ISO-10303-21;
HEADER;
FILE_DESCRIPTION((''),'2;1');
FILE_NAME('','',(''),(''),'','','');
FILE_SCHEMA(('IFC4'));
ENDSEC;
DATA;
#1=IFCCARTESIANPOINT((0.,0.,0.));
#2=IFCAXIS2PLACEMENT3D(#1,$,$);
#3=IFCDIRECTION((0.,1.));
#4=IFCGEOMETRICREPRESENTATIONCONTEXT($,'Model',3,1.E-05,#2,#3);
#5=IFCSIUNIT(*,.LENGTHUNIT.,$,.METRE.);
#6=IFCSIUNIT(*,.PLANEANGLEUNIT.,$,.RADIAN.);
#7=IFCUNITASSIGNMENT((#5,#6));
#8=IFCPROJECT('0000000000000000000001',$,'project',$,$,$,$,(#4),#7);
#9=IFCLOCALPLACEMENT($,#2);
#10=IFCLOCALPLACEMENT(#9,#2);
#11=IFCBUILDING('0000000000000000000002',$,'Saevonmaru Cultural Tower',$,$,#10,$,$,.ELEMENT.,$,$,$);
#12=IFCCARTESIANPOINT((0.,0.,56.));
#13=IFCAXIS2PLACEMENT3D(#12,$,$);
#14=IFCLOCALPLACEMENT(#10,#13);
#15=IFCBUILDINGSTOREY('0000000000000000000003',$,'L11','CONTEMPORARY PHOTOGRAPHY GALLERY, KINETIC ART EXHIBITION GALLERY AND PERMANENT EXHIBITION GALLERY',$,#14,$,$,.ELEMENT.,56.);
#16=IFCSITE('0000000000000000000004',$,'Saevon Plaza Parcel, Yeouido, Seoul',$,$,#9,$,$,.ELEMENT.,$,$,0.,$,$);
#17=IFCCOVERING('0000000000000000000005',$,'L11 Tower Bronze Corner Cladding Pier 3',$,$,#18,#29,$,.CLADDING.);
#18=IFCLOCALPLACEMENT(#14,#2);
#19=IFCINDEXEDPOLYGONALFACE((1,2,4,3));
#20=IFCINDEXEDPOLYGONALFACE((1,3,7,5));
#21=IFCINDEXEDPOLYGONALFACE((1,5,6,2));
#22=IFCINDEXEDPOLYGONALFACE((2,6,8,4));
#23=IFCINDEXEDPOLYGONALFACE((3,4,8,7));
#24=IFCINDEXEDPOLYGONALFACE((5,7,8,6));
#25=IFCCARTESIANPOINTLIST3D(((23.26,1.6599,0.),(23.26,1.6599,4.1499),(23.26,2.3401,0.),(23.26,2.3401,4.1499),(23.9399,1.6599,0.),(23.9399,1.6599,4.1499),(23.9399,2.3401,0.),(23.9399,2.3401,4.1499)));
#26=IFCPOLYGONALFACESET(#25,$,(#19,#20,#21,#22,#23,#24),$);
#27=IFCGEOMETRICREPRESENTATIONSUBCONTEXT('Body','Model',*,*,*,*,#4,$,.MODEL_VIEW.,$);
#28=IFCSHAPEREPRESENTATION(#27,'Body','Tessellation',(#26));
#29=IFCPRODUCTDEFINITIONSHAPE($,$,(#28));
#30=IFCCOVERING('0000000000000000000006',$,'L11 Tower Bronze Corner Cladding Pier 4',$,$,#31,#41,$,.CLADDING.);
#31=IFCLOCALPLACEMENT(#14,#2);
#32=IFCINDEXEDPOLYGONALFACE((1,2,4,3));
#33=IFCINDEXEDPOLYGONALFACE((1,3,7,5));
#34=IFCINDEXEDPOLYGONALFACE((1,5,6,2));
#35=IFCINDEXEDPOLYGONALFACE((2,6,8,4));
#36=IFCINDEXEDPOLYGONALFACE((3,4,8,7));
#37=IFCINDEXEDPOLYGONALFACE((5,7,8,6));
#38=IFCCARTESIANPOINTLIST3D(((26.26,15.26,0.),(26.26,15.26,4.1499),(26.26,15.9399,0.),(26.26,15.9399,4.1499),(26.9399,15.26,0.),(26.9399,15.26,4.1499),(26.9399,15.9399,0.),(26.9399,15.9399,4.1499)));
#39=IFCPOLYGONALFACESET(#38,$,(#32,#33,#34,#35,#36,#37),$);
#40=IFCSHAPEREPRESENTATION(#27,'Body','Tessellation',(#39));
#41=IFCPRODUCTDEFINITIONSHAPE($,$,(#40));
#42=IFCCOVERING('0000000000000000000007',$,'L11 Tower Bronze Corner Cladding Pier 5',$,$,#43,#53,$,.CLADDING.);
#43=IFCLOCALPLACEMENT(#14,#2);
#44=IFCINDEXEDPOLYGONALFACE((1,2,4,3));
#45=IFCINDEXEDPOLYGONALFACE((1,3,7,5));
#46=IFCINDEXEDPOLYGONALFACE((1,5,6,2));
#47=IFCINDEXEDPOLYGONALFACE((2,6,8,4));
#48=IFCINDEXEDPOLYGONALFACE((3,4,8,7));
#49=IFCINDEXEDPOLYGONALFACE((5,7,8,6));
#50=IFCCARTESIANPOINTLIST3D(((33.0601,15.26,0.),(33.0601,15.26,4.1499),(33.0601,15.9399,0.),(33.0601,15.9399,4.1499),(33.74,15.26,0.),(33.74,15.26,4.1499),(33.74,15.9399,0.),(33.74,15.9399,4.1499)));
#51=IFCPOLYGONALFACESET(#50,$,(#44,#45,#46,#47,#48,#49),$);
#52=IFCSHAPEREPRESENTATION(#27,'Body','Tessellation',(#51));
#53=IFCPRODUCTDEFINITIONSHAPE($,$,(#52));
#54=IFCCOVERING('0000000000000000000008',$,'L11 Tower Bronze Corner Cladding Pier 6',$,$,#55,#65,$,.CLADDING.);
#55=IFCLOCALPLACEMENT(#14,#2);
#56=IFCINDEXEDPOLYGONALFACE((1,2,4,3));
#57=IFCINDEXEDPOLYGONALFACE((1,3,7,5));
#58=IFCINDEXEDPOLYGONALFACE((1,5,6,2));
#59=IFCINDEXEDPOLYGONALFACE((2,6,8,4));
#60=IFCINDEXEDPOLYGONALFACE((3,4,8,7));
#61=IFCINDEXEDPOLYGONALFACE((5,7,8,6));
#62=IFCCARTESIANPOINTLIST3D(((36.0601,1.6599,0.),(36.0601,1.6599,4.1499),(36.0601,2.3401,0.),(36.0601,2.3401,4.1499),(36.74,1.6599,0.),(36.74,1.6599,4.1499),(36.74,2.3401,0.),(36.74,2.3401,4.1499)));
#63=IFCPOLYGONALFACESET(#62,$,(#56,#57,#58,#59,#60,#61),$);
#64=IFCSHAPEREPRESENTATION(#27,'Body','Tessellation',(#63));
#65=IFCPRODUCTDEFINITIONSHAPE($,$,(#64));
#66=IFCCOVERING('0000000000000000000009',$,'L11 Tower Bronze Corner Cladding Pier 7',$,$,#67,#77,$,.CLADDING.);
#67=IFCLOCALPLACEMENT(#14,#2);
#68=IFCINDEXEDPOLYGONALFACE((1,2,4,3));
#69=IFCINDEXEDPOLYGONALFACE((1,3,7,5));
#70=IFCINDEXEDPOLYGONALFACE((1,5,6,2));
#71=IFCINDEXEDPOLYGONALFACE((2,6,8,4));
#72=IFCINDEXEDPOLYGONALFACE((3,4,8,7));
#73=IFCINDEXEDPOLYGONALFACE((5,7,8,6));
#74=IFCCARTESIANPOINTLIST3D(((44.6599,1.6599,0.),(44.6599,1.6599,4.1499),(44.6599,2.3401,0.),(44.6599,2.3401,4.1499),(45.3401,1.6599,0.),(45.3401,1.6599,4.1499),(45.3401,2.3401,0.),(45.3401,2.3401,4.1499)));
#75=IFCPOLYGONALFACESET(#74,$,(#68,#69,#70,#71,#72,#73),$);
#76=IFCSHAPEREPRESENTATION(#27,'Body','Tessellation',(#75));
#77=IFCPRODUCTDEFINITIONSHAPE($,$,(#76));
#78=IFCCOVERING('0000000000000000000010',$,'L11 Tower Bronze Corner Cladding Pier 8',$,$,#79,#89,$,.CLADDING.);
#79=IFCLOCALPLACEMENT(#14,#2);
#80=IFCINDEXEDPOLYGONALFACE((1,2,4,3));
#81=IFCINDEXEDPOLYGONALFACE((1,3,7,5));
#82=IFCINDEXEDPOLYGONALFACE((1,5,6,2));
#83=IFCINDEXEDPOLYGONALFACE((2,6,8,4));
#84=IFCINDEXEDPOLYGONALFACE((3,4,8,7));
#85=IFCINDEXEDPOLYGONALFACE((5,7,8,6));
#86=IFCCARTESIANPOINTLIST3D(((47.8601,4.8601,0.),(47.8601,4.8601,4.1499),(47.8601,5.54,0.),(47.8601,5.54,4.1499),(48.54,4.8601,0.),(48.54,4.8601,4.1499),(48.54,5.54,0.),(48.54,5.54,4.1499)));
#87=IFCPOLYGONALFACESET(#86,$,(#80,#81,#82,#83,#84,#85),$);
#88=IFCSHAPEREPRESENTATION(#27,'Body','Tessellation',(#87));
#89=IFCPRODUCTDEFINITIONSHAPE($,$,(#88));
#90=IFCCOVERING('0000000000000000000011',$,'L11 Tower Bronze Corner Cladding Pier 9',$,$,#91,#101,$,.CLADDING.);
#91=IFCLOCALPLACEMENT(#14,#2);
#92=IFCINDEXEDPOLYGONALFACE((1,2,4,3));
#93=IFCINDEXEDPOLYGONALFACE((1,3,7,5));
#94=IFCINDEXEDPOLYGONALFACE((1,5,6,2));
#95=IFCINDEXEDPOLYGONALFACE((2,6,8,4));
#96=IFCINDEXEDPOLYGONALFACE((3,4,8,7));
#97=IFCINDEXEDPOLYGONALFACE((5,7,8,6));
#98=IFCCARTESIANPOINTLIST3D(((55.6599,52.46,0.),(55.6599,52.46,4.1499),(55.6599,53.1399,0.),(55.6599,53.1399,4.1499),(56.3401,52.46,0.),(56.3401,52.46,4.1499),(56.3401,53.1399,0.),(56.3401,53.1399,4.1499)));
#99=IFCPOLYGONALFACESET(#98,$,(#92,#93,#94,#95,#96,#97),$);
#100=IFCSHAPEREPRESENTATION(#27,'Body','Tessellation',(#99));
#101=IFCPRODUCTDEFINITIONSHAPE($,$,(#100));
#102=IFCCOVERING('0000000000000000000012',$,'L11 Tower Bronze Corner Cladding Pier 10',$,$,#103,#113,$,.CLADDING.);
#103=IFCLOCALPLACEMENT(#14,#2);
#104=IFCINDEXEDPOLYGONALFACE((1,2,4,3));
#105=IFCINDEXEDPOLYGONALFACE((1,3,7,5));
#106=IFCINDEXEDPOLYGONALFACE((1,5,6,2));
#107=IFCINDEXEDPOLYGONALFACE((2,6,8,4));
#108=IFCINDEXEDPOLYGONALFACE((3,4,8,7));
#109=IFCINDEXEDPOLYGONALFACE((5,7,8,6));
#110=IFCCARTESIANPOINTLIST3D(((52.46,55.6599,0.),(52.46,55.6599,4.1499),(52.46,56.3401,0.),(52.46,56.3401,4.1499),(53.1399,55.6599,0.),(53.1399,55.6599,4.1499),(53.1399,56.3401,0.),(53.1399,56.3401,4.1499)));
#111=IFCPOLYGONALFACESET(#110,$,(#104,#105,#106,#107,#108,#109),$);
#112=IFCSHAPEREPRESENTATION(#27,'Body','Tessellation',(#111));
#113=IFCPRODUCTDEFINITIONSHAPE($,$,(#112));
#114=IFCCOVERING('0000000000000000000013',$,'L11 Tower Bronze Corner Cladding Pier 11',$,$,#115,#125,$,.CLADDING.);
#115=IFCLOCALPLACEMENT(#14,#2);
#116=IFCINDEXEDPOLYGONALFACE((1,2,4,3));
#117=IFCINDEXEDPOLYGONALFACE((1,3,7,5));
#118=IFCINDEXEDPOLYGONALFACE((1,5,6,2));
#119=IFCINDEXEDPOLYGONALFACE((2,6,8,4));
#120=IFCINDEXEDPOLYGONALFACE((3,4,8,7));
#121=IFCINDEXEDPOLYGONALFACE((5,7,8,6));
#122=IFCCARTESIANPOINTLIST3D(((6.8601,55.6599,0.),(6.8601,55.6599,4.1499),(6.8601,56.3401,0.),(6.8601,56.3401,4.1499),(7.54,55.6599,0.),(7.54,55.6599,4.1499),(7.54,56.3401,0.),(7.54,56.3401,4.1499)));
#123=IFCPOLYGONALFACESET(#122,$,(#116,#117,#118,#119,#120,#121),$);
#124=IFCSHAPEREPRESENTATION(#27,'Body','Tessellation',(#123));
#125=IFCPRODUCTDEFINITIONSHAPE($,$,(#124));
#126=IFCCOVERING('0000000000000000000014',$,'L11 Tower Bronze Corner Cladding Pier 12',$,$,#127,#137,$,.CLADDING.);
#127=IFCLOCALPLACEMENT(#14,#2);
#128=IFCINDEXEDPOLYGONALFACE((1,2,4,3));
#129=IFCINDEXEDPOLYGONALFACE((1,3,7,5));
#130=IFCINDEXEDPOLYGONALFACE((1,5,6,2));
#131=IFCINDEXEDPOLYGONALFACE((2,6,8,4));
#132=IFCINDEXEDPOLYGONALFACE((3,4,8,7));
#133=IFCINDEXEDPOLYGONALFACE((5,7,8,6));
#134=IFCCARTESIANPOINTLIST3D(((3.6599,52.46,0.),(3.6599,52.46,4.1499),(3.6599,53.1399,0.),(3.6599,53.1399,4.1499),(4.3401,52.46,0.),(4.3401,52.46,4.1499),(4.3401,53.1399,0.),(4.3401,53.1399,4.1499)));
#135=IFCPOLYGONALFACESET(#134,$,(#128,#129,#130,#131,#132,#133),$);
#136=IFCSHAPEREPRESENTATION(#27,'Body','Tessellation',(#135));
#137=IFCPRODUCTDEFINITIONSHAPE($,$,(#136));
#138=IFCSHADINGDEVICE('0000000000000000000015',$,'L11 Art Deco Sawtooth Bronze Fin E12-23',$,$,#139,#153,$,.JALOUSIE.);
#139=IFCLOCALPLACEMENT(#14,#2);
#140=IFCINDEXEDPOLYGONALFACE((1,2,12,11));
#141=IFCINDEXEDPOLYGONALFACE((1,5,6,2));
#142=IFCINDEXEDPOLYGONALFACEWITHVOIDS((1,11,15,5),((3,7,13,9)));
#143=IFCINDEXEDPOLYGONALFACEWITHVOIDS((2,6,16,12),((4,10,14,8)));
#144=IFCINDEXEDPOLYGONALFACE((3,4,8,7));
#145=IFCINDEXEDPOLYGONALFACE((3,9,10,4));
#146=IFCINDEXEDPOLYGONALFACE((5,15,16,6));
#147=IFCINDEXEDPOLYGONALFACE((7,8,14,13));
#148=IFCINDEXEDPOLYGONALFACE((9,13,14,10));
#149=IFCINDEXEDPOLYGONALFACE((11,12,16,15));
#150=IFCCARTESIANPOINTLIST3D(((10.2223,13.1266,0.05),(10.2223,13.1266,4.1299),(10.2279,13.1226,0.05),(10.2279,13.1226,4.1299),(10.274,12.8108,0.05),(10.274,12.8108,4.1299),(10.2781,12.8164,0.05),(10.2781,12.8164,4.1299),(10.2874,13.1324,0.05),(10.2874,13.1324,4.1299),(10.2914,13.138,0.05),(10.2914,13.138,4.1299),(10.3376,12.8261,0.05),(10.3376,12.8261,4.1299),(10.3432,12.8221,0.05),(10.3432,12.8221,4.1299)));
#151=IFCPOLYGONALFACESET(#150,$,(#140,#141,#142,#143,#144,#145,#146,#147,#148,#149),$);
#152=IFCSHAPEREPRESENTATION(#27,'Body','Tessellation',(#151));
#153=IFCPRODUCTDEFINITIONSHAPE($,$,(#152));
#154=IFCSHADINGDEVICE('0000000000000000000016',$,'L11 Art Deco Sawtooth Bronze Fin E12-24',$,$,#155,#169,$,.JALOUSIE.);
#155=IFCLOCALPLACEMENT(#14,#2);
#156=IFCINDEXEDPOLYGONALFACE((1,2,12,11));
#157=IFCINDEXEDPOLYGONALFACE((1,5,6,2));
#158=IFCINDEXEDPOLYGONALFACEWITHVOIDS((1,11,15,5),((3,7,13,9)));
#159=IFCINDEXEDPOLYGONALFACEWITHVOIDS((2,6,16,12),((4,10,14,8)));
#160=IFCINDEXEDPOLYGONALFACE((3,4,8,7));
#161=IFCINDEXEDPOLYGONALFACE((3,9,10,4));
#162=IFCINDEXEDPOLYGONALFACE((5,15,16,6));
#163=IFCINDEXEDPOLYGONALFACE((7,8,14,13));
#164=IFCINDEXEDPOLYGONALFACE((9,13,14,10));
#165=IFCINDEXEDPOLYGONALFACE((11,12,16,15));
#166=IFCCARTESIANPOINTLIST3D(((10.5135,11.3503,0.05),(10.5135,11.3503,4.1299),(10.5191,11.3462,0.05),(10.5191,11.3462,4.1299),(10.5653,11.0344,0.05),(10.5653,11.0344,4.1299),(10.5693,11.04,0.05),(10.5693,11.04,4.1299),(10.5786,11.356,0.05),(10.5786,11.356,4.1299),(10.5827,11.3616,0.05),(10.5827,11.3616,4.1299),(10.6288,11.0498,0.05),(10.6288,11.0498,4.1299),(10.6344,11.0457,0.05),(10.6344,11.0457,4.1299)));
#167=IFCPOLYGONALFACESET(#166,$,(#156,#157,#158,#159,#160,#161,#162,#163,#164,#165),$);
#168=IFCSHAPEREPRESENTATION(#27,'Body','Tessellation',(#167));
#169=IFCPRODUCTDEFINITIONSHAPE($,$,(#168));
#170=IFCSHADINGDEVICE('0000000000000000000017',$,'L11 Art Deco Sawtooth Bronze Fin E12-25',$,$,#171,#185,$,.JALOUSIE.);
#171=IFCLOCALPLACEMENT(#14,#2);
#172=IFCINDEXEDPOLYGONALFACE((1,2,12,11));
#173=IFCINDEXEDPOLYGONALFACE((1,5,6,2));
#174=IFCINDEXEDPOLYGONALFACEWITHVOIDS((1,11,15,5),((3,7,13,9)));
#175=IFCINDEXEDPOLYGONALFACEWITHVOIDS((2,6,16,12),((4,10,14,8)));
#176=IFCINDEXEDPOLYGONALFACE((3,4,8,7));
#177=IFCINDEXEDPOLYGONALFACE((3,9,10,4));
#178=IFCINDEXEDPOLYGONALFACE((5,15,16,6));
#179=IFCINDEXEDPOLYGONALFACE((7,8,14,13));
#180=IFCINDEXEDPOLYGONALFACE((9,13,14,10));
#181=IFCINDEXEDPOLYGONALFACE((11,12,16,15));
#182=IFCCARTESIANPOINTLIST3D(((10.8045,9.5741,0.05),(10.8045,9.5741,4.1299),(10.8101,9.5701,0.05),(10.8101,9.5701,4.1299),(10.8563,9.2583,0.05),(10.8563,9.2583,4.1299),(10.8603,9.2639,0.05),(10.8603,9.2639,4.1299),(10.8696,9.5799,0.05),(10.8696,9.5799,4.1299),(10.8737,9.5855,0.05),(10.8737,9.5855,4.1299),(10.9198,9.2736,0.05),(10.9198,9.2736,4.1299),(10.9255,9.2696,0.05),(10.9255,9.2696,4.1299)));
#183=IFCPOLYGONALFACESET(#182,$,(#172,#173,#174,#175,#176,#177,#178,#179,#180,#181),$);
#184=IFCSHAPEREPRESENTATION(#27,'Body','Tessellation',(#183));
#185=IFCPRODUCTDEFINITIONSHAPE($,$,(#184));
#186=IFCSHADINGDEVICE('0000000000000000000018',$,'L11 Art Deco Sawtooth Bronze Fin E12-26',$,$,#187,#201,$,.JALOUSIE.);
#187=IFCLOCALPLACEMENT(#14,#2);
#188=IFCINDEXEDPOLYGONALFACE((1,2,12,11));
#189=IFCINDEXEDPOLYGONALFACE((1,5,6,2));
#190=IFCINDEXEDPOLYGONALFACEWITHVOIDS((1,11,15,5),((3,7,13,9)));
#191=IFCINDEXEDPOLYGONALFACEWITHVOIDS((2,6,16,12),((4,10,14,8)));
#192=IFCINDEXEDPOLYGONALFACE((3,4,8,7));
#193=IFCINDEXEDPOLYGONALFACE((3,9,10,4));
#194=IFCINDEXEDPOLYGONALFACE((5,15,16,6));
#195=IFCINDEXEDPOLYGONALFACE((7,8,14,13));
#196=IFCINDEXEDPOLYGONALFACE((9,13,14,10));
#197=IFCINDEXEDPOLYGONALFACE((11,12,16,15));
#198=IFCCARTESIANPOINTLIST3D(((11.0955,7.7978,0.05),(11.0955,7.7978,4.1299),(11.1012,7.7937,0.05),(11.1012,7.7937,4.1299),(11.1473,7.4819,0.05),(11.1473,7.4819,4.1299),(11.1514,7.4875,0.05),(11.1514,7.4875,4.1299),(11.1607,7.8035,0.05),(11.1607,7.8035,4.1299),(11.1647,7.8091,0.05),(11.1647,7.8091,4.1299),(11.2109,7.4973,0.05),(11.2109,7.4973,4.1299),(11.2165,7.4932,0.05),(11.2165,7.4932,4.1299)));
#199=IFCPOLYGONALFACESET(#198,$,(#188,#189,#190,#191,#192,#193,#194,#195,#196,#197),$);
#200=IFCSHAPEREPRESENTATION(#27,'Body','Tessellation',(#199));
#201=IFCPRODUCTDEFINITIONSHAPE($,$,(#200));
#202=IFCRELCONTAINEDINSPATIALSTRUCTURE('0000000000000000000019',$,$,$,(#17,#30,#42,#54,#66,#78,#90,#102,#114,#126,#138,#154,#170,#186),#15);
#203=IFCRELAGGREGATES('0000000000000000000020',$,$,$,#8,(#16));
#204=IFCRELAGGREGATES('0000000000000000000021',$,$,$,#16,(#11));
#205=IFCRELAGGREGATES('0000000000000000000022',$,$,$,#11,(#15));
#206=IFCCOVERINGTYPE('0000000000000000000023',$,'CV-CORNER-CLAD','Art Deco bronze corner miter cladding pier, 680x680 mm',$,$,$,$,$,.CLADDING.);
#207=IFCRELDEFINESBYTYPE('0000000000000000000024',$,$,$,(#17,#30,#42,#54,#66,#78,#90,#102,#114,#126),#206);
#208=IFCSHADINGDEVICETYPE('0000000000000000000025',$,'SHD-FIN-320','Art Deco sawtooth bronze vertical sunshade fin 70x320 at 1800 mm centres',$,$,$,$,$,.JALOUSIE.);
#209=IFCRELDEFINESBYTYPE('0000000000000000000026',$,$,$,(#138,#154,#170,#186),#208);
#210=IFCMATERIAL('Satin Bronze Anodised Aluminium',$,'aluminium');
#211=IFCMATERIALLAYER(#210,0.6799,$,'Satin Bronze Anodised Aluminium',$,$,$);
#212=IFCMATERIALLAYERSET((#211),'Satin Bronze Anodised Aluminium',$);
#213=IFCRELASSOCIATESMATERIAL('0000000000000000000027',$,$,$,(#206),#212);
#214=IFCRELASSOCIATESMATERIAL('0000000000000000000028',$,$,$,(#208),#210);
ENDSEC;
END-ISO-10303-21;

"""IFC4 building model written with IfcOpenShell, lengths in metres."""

from ifc_helpers import new_model, si_unit, direction, frame, origin, origin_2d, place, context, subcontext, project, spatial, polyline, hollow_rectangle, outline, extrude, material, layer, layer_set, material_profile, profile_set, type_object, element, save


model = new_model("IFC4")

# Units and contexts
model_context = context("Model", 3, precision=1e-05, world=origin(), true_north=direction((0.0, 1.0)))
body_context = subcontext(model_context, "Body", "Model", "MODEL_VIEW")
ifc_project = project(units=[si_unit("LENGTHUNIT", "METRE"), si_unit("PLANEANGLEUNIT", "RADIAN")], contexts=[model_context])

# Site, building, storey
site_placement = place(None, origin())
site = spatial("IfcSite", under=ifc_project, at=site_placement, Name="Saevon Plaza Parcel, Yeouido, Seoul", CompositionType="ELEMENT", RefElevation=0.0)
building_placement = place(site_placement, origin())
building = spatial("IfcBuilding", under=site, at=building_placement, Name="Saevonmaru Cultural Tower", CompositionType="ELEMENT")
storey_placement = place(building_placement, frame((0.0, 0.0, 56.0)))
storey = spatial("IfcBuildingStorey", under=building, at=storey_placement, Name="L11", Description="CONTEMPORARY PHOTOGRAPHY GALLERY, KINETIC ART EXHIBITION GALLERY AND PERMANENT EXHIBITION GALLERY", CompositionType="ELEMENT", Elevation=56.0)

# Shared definitions
ifc_material_1 = material(Name="Satin Bronze Anodised Aluminium", Category="aluminium")

# Coverings
ifc_layer_1 = layer(ifc_material_1, 0.6799, Name="Satin Bronze Anodised Aluminium")
ifc_layer_set_1 = layer_set([ifc_layer_1], Name="Satin Bronze Anodised Aluminium")
covering_type = type_object("IfcCoveringType", Name="CV-CORNER-CLAD", Description="Art Deco bronze corner miter cladding pier, 680x680 mm", PredefinedType="CLADDING", material=ifc_layer_set_1)
covering_1_placement = place(storey_placement, origin())
element("IfcCovering", 1, at=covering_1_placement, inside=storey, type_object=covering_type, Name="L11 Tower Bronze Corner Cladding Pier 3", PredefinedType="CLADDING", context=body_context, shape_type="SweptSolid", body=[
    extrude(outline(polyline([(23.26, 1.6599), (23.9399, 1.6599), (23.9399, 2.3401), (23.26, 2.3401), (23.26, 1.6599)])), origin(), (0.0, 0.0, 1.0), 4.1499),
])
covering_2_placement = place(storey_placement, origin())
element("IfcCovering", 2, at=covering_2_placement, inside=storey, type_object=covering_type, Name="L11 Tower Bronze Corner Cladding Pier 4", PredefinedType="CLADDING", context=body_context, shape_type="SweptSolid", body=[
    extrude(outline(polyline([(26.26, 15.26), (26.9399, 15.26), (26.9399, 15.9399), (26.26, 15.9399), (26.26, 15.26)])), origin(), (0.0, 0.0, 1.0), 4.1499),
])
covering_3_placement = place(storey_placement, origin())
element("IfcCovering", 3, at=covering_3_placement, inside=storey, type_object=covering_type, Name="L11 Tower Bronze Corner Cladding Pier 5", PredefinedType="CLADDING", context=body_context, shape_type="SweptSolid", body=[
    extrude(outline(polyline([(33.0601, 15.26), (33.74, 15.26), (33.74, 15.9399), (33.0601, 15.9399), (33.0601, 15.26)])), origin(), (0.0, 0.0, 1.0), 4.1499),
])
covering_4_placement = place(storey_placement, origin())
element("IfcCovering", 4, at=covering_4_placement, inside=storey, type_object=covering_type, Name="L11 Tower Bronze Corner Cladding Pier 6", PredefinedType="CLADDING", context=body_context, shape_type="SweptSolid", body=[
    extrude(outline(polyline([(36.0601, 1.6599), (36.74, 1.6599), (36.74, 2.3401), (36.0601, 2.3401), (36.0601, 1.6599)])), origin(), (0.0, 0.0, 1.0), 4.1499),
])
covering_5_placement = place(storey_placement, origin())
element("IfcCovering", 5, at=covering_5_placement, inside=storey, type_object=covering_type, Name="L11 Tower Bronze Corner Cladding Pier 7", PredefinedType="CLADDING", context=body_context, shape_type="SweptSolid", body=[
    extrude(outline(polyline([(44.6599, 1.6599), (45.3401, 1.6599), (45.3401, 2.3401), (44.6599, 2.3401), (44.6599, 1.6599)])), origin(), (0.0, 0.0, 1.0), 4.1499),
])
covering_6_placement = place(storey_placement, origin())
element("IfcCovering", 6, at=covering_6_placement, inside=storey, type_object=covering_type, Name="L11 Tower Bronze Corner Cladding Pier 8", PredefinedType="CLADDING", context=body_context, shape_type="SweptSolid", body=[
    extrude(outline(polyline([(47.8601, 4.8601), (48.54, 4.8601), (48.54, 5.54), (47.8601, 5.54), (47.8601, 4.8601)])), origin(), (0.0, 0.0, 1.0), 4.1499),
])
covering_7_placement = place(storey_placement, origin())
element("IfcCovering", 7, at=covering_7_placement, inside=storey, type_object=covering_type, Name="L11 Tower Bronze Corner Cladding Pier 9", PredefinedType="CLADDING", context=body_context, shape_type="SweptSolid", body=[
    extrude(outline(polyline([(55.6599, 52.46), (56.3401, 52.46), (56.3401, 53.1399), (55.6599, 53.1399), (55.6599, 52.46)])), origin(), (0.0, 0.0, 1.0), 4.1499),
])
covering_8_placement = place(storey_placement, origin())
element("IfcCovering", 8, at=covering_8_placement, inside=storey, type_object=covering_type, Name="L11 Tower Bronze Corner Cladding Pier 10", PredefinedType="CLADDING", context=body_context, shape_type="SweptSolid", body=[
    extrude(outline(polyline([(52.46, 55.6599), (53.1399, 55.6599), (53.1399, 56.3401), (52.46, 56.3401), (52.46, 55.6599)])), origin(), (0.0, 0.0, 1.0), 4.1499),
])
covering_9_placement = place(storey_placement, origin())
element("IfcCovering", 9, at=covering_9_placement, inside=storey, type_object=covering_type, Name="L11 Tower Bronze Corner Cladding Pier 11", PredefinedType="CLADDING", context=body_context, shape_type="SweptSolid", body=[
    extrude(outline(polyline([(6.8601, 55.6599), (7.54, 55.6599), (7.54, 56.3401), (6.8601, 56.3401), (6.8601, 55.6599)])), origin(), (0.0, 0.0, 1.0), 4.1499),
])
covering_10_placement = place(storey_placement, origin())
element("IfcCovering", 10, at=covering_10_placement, inside=storey, type_object=covering_type, Name="L11 Tower Bronze Corner Cladding Pier 12", PredefinedType="CLADDING", context=body_context, shape_type="SweptSolid", body=[
    extrude(outline(polyline([(3.6599, 52.46), (4.3401, 52.46), (4.3401, 53.1399), (3.6599, 53.1399), (3.6599, 52.46)])), origin(), (0.0, 0.0, 1.0), 4.1499),
])

# Shading devices
ifc_material_profile_1 = material_profile(ifc_material_1, hollow_rectangle(XDim=0.0701, YDim=0.3201, WallThickness=0.0049, at=origin_2d()), Name="FIN-320x70")
ifc_profile_set_1 = profile_set([ifc_material_profile_1], Name="Satin Bronze Anodised Aluminium")
shading_device_type = type_object("IfcShadingDeviceType", Name="SHD-FIN-320", Description="Art Deco sawtooth bronze vertical sunshade fin 70x320 at 1800 mm centres", PredefinedType="JALOUSIE", material=ifc_profile_set_1)
for number, where, z_axis, x_axis, name in (
    (11, (10.2827, 12.9744, 0.05), (0.0, 0.0, 1.0), (-0.986827, -0.161776, 0.0), "L11 Art Deco Sawtooth Bronze Fin E12-23"),
    (12, (10.574, 11.198, 0.05), (0.0, 0.0, 1.0), (-0.986827, -0.161776, 0.0), "L11 Art Deco Sawtooth Bronze Fin E12-24"),
    (13, (10.865, 9.4219, 0.05), (0.0, 0.0, 1.0), (-0.986827, -0.161776, 0.0), "L11 Art Deco Sawtooth Bronze Fin E12-25"),
    (14, (11.156, 7.6455, 0.05), (0.0, 0.0, 1.0), (-0.986827, -0.161776, 0.0), "L11 Art Deco Sawtooth Bronze Fin E12-26"),
):
    element("IfcShadingDevice", number, at=place(storey_placement, frame(where, z_axis=z_axis, x_axis=x_axis)), inside=storey, type_object=shading_device_type, Name=name, PredefinedType="JALOUSIE", context=body_context, shape_type="SweptSolid", body=[
        extrude(hollow_rectangle(XDim=0.0701, YDim=0.3201, WallThickness=0.0049, at=origin_2d()), origin(), (0.0, 0.0, 1.0), 4.0798),
    ])

save(model, "model.ifc")
